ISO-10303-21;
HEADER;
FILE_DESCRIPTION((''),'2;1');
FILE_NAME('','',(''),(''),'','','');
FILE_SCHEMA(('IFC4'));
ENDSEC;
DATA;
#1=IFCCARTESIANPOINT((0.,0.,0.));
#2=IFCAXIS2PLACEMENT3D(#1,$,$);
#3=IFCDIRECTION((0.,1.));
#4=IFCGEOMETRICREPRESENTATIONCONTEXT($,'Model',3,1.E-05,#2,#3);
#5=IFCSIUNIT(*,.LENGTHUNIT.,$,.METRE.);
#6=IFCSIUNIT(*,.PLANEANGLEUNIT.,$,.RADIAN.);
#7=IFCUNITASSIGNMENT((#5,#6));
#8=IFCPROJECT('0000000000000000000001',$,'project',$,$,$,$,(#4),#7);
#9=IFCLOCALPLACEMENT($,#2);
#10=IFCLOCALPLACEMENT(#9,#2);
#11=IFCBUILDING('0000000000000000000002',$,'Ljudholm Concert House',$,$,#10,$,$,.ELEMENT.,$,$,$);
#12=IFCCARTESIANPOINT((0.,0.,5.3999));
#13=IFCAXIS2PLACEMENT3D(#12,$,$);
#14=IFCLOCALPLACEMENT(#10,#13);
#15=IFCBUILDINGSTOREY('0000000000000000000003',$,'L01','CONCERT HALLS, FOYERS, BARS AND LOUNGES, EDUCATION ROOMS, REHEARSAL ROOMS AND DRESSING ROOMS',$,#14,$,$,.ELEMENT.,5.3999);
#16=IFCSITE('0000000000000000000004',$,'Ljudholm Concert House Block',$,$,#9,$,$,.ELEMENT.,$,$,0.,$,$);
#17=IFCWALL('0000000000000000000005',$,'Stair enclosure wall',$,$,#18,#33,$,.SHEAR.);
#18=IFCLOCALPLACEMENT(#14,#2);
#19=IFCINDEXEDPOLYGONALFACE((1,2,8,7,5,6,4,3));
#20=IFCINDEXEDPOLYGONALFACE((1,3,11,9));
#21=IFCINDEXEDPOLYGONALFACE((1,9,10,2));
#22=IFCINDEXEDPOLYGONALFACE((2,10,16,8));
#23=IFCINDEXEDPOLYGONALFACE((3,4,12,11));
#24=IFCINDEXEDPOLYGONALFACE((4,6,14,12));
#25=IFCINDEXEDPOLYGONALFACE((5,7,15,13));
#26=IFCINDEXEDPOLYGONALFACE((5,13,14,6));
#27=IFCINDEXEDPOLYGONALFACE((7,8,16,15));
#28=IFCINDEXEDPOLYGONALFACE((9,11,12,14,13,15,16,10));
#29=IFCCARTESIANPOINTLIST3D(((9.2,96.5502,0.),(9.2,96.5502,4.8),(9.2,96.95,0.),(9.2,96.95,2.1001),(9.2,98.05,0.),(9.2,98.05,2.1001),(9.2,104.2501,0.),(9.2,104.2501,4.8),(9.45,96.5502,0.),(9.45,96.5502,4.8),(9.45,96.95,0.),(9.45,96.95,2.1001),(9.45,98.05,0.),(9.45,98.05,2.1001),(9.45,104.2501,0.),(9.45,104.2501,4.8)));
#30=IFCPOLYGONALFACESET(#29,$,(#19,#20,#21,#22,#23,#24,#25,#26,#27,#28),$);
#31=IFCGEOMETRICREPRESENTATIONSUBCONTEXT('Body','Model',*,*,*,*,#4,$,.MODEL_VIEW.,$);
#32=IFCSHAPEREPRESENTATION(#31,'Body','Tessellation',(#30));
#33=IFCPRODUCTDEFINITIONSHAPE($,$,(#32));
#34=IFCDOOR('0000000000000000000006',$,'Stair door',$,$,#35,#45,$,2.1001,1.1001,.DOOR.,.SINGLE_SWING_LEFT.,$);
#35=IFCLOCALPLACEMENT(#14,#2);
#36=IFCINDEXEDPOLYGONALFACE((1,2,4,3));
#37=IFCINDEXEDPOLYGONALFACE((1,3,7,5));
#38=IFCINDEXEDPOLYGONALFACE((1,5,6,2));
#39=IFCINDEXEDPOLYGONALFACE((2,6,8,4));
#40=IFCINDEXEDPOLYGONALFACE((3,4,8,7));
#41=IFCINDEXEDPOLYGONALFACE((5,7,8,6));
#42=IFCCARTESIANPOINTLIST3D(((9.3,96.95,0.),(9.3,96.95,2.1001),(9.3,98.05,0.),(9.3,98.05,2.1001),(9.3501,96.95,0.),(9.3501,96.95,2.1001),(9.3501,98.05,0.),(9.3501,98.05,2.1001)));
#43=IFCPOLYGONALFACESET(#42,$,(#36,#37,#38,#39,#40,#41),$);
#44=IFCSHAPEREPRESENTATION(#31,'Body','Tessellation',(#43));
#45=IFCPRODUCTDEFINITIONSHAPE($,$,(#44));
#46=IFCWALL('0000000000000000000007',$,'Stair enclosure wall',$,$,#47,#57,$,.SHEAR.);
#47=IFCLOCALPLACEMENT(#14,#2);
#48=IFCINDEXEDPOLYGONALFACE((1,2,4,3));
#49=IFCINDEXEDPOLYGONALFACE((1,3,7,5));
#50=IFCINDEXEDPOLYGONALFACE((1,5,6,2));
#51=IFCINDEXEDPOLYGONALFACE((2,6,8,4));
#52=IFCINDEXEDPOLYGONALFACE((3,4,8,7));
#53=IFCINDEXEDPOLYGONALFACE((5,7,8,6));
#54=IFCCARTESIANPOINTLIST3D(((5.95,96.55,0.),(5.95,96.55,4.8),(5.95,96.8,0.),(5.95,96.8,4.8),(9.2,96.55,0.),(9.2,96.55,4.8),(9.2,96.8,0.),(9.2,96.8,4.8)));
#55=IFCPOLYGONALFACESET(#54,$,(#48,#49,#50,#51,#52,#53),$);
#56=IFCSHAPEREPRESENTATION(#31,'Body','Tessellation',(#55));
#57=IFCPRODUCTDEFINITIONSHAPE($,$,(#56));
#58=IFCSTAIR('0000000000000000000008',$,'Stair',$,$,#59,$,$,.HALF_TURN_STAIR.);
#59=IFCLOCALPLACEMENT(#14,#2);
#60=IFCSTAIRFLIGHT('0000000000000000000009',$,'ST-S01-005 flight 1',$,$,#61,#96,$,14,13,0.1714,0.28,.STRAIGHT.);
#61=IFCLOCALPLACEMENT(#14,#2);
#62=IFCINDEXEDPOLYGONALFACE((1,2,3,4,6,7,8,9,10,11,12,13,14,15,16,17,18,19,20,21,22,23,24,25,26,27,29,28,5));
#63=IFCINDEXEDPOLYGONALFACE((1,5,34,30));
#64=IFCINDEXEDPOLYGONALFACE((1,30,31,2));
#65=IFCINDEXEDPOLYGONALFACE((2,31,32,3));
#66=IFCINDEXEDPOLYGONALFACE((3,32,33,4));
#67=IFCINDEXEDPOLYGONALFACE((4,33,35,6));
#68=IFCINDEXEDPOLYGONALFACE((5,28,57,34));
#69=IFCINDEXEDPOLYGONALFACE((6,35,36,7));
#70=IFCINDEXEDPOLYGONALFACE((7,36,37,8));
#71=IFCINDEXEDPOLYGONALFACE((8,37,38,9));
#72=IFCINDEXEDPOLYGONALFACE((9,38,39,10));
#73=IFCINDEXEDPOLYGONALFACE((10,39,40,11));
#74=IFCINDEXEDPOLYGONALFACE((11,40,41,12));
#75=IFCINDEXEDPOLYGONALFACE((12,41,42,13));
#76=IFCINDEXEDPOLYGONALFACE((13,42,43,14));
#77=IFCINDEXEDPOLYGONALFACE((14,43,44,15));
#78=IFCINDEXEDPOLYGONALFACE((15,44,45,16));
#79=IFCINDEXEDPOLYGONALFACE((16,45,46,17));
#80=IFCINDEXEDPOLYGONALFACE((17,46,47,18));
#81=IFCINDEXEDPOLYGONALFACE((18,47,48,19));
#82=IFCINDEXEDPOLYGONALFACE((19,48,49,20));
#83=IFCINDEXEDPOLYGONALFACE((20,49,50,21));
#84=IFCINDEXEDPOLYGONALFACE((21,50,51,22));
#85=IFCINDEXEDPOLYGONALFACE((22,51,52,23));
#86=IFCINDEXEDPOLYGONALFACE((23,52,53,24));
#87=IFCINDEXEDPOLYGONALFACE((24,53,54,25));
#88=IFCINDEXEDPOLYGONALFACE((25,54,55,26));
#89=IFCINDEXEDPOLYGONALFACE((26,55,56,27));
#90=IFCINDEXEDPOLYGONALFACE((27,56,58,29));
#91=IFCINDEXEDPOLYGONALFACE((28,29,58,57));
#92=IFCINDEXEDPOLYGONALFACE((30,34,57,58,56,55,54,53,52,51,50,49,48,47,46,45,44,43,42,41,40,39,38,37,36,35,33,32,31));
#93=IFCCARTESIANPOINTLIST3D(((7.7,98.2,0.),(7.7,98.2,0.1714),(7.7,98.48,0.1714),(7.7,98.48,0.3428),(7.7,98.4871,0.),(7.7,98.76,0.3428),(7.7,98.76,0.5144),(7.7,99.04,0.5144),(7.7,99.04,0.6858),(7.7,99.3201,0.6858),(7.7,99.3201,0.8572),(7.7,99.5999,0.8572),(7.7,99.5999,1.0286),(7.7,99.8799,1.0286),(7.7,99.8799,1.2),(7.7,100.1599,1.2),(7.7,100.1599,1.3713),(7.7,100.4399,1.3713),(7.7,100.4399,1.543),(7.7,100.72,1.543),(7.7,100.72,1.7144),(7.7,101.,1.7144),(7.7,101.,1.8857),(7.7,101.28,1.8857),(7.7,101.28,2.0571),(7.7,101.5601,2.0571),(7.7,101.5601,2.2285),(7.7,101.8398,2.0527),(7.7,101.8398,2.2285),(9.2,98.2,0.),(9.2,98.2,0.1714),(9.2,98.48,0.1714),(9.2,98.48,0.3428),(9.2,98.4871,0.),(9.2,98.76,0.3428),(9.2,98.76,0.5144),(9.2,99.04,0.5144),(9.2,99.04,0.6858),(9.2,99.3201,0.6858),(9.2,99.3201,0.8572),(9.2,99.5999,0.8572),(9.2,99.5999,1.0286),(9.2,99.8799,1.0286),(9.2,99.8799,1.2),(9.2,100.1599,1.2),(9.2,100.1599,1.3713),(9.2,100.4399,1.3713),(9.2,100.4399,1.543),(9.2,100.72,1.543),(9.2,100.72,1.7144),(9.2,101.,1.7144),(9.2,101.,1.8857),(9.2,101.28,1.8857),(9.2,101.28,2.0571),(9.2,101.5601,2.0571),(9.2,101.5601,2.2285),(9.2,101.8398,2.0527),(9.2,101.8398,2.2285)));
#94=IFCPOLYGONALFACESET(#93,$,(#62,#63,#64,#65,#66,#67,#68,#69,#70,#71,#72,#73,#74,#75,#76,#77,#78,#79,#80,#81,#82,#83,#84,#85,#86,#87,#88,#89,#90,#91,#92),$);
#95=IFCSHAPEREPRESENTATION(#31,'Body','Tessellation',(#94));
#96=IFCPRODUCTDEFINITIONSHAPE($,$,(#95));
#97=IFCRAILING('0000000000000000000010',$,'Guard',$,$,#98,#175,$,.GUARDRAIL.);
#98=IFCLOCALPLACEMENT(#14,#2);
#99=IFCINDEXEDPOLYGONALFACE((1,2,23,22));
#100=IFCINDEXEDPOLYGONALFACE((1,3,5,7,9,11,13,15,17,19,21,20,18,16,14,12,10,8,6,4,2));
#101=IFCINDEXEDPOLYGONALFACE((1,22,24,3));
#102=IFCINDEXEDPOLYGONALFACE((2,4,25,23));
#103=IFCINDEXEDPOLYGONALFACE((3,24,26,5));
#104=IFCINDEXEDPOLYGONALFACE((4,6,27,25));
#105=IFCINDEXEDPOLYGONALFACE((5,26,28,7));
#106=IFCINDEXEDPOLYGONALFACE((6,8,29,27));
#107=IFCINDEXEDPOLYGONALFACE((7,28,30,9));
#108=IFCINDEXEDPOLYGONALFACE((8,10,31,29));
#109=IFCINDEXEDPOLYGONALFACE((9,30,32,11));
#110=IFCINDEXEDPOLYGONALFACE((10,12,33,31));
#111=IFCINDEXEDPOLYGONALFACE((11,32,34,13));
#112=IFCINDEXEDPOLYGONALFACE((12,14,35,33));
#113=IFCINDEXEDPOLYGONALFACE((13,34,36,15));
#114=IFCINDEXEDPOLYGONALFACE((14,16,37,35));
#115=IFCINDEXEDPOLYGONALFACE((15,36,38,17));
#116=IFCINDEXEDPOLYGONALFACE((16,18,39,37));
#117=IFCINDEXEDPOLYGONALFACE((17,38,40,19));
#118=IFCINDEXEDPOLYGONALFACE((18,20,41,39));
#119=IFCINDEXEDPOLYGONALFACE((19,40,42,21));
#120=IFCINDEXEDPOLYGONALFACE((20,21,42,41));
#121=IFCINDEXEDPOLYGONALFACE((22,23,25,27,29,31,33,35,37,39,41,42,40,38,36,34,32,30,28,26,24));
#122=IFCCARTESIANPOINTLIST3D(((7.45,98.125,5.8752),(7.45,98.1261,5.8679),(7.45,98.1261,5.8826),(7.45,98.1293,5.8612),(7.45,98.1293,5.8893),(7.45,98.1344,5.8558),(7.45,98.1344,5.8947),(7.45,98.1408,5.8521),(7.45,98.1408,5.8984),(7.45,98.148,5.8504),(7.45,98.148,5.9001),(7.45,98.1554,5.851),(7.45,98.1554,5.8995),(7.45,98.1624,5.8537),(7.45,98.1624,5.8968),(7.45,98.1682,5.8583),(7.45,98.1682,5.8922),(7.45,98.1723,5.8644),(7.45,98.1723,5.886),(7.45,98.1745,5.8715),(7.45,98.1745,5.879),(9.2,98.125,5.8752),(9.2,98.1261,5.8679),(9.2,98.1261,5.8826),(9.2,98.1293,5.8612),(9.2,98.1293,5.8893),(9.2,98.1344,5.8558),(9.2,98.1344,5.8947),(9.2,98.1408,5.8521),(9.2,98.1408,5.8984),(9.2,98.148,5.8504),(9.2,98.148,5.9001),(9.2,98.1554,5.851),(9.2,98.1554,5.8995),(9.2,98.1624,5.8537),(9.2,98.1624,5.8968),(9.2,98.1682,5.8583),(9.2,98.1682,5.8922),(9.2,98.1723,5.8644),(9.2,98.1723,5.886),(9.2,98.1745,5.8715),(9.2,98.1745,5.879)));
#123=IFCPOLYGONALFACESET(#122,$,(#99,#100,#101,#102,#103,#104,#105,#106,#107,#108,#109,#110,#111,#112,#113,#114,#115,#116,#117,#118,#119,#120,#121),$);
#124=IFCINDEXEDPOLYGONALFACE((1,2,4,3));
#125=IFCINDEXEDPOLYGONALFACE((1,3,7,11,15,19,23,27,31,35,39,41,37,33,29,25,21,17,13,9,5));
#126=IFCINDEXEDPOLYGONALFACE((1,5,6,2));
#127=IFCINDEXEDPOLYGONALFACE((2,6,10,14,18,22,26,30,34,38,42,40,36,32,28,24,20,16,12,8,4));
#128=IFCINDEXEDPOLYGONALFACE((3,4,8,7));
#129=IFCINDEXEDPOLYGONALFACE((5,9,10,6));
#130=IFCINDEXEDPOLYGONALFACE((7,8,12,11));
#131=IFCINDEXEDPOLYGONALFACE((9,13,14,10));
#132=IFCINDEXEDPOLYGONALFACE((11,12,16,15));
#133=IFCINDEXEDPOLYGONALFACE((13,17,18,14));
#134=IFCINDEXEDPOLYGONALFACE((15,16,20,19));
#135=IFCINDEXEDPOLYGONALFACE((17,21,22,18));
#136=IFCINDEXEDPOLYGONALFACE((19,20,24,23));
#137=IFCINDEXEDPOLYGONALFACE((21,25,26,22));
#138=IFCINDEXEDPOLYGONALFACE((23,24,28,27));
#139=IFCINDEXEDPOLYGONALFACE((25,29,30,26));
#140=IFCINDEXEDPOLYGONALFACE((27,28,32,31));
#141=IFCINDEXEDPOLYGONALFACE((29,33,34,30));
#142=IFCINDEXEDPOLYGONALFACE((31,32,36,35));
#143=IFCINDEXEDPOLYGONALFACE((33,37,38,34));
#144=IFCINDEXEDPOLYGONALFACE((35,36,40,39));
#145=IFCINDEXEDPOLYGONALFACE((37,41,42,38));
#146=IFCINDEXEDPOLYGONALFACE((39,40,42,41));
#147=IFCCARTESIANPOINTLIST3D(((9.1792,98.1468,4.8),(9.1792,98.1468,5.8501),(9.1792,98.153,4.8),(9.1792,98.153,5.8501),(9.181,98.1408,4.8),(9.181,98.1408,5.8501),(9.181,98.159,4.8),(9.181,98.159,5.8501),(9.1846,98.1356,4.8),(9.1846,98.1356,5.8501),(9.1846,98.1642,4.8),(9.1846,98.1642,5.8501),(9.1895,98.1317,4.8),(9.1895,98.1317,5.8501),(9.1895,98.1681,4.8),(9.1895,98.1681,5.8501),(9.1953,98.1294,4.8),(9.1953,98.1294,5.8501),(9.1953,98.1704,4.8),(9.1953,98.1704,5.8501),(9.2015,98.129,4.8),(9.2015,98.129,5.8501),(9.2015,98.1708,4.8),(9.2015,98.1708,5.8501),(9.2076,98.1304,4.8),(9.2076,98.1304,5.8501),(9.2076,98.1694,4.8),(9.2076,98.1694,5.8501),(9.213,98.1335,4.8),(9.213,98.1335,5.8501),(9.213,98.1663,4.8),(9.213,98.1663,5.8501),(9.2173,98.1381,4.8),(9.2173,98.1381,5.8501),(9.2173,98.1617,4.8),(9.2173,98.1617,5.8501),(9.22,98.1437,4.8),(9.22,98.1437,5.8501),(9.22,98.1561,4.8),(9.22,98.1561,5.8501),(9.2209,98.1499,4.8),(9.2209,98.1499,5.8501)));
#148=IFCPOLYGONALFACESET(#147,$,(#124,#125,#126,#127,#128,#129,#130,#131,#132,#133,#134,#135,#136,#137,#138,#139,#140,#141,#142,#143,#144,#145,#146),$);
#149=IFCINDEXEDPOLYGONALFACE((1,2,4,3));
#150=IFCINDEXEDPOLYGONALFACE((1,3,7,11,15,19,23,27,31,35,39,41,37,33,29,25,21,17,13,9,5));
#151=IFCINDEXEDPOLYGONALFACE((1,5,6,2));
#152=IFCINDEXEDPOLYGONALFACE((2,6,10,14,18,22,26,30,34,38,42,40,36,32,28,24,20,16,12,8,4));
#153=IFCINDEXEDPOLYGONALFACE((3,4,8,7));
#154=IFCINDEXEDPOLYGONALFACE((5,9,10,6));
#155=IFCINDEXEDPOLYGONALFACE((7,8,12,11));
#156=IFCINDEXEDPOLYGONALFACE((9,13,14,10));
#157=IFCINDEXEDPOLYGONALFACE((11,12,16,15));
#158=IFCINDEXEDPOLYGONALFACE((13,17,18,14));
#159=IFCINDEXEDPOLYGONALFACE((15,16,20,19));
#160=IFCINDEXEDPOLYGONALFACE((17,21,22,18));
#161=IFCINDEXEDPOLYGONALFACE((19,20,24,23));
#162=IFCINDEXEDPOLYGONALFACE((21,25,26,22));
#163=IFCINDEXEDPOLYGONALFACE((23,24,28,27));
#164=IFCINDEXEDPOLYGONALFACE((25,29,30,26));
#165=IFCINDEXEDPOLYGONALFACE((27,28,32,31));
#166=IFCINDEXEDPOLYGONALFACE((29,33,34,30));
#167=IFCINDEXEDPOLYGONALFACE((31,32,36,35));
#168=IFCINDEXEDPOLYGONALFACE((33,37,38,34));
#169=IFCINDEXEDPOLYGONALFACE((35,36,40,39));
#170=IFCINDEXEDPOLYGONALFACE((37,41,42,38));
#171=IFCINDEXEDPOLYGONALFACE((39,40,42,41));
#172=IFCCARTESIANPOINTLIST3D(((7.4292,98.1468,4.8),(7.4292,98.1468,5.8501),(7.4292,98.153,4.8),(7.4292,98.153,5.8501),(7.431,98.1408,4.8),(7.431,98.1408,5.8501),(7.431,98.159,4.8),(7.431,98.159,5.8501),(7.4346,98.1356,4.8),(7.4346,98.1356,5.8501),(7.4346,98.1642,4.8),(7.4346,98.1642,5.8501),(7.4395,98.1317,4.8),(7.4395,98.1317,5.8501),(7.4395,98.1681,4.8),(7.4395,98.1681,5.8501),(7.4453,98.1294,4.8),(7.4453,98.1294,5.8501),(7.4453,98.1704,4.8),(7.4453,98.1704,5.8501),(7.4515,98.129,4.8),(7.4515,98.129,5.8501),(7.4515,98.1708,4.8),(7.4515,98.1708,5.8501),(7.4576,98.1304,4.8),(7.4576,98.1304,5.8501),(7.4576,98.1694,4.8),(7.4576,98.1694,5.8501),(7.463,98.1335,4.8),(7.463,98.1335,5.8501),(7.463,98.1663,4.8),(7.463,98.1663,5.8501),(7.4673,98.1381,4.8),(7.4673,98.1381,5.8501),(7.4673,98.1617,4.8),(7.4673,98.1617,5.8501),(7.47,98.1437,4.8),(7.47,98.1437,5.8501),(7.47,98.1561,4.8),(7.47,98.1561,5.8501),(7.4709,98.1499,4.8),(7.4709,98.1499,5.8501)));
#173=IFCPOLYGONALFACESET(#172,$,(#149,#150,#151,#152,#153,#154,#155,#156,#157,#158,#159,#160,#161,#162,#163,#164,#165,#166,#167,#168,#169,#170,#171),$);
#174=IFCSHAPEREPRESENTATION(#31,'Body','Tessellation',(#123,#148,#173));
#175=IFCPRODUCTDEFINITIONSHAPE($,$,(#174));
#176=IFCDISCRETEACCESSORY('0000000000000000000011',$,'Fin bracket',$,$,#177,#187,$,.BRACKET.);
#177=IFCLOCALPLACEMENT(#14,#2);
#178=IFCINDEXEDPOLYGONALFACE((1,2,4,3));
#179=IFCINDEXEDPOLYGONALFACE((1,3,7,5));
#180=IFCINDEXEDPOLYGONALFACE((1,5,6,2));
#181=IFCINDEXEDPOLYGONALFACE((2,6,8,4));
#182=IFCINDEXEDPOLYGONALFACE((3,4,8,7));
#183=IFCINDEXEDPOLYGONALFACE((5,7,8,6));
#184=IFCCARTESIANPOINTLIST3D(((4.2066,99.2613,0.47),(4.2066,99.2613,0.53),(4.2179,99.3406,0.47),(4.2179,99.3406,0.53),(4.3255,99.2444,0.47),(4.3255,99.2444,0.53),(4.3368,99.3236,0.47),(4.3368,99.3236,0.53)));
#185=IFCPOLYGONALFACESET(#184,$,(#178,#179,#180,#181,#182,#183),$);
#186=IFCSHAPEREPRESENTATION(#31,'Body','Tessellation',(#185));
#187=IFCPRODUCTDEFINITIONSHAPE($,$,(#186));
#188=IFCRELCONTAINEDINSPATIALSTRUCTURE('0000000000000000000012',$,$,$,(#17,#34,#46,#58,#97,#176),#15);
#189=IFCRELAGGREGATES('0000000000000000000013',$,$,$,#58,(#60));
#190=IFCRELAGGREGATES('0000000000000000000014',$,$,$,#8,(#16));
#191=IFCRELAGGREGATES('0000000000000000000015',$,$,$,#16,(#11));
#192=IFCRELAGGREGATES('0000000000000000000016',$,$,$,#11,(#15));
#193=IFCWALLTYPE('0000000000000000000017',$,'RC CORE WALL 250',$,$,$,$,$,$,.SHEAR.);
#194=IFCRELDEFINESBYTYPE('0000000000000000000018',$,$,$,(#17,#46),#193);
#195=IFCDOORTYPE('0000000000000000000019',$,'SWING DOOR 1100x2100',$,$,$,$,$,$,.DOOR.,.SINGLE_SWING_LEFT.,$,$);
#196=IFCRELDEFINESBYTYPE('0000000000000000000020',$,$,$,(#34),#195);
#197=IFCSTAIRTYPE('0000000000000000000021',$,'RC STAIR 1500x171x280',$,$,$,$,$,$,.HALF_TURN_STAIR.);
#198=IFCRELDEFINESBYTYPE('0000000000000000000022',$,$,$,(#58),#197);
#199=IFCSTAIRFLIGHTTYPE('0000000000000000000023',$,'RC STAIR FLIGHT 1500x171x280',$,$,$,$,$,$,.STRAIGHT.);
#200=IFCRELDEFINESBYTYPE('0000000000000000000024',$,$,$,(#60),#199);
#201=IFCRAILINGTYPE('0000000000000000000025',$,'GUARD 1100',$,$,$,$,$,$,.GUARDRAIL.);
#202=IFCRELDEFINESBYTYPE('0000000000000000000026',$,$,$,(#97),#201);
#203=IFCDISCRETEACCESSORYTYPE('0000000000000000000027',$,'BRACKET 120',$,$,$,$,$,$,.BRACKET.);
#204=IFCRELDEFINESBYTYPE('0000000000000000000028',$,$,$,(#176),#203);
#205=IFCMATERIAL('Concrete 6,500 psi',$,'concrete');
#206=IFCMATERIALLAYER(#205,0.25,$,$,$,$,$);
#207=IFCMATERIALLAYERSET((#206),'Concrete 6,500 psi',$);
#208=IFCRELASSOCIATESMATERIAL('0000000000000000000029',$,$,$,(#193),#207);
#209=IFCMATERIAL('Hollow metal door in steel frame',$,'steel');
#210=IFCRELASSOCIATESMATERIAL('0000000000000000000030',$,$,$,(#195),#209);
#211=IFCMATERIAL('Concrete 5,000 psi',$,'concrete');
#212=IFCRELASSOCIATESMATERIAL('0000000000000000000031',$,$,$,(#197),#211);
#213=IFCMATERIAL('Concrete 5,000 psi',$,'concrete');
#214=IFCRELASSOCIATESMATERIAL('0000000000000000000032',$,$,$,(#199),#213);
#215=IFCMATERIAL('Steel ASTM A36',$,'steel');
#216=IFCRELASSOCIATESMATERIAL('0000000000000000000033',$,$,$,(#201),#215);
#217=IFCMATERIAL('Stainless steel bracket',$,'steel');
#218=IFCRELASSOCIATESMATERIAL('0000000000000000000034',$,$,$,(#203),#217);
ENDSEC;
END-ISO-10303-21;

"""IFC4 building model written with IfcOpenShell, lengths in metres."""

from ifc_helpers import new_model, si_unit, direction, frame, frame_2d, origin, origin_2d, place, context, subcontext, project, spatial, polyline, rectangle, circle, outline, extrude, material, layer, layer_set, type_object, element, fill, aggregate, save


model = new_model("IFC4")

# Units and contexts
model_context = context("Model", 3, precision=1e-05, world=origin(), true_north=direction((0.0, 1.0)))
body_context = subcontext(model_context, "Body", "Model", "MODEL_VIEW")
ifc_project = project(units=[si_unit("LENGTHUNIT", "METRE"), si_unit("PLANEANGLEUNIT", "RADIAN")], contexts=[model_context])

# Site, building, storey
site_placement = place(None, origin())
site = spatial("IfcSite", under=ifc_project, at=site_placement, Name="Ljudholm Concert House Block", CompositionType="ELEMENT", RefElevation=0.0)
building_placement = place(site_placement, origin())
building = spatial("IfcBuilding", under=site, at=building_placement, Name="Ljudholm Concert House", CompositionType="ELEMENT")
storey_placement = place(building_placement, frame((0.0, 0.0, 5.3999)))
storey = spatial("IfcBuildingStorey", under=building, at=storey_placement, Name="L01", Description="CONCERT HALLS, FOYERS, BARS AND LOUNGES, EDUCATION ROOMS, REHEARSAL ROOMS AND DRESSING ROOMS", CompositionType="ELEMENT", Elevation=5.3999)

# Shared definitions
ifc_material_1 = material(Name="Concrete 6,500 psi", Category="concrete")
ifc_layer_1 = layer(ifc_material_1, 0.25)
ifc_layer_set_1 = layer_set([ifc_layer_1], Name="Concrete 6,500 psi")
wall_type_1 = type_object("IfcWallType", Name="RC CORE WALL 250", PredefinedType="SHEAR", material=ifc_layer_set_1)

# Wall, opening, door
wall_1_placement = place(storey_placement, frame((9.325, 96.55, 0.0), z_axis=(0.0, 0.0, 1.0), x_axis=(0.0, 1.0, 0.0)))
wall_1 = element("IfcWall", 1, at=wall_1_placement, inside=storey, type_object=wall_type_1, Name="Stair enclosure wall", PredefinedType="SHEAR", context=body_context, shape_type="SweptSolid", body=[
    extrude(rectangle(XDim=7.7, YDim=0.25, at=frame_2d((3.8501, 0.0))), origin(), (0.0, 0.0, 1.0), 4.8),
])
opening_placement = place(wall_1_placement, frame((0.3999, 0.0, 0.0)))
opening = element("IfcOpeningElement", 2, at=opening_placement, cuts=wall_1, PredefinedType="OPENING", context=body_context, shape_type="SweptSolid", body=[
    extrude(rectangle(XDim=1.1001, YDim=2.1001, at=frame_2d((0.55, 1.05))), frame((0.0, 0.135, 0.0), z_axis=(0.0, -1.0, 0.0), x_axis=(1.0, 0.0, 0.0)), (0.0, 0.0, 1.0), 0.27),
])
ifc_material_2 = material(Name="Hollow metal door in steel frame", Category="steel")
door_type = type_object("IfcDoorType", Name="SWING DOOR 1100x2100", OperationType="SINGLE_SWING_LEFT", PredefinedType="DOOR", material=ifc_material_2)
door_placement = place(opening_placement, origin())
door = element("IfcDoor", 3, at=door_placement, inside=storey, type_object=door_type, Name="Stair door", OperationType="SINGLE_SWING_LEFT", OverallHeight=2.1001, OverallWidth=1.1001, PredefinedType="DOOR", context=body_context, shape_type="SweptSolid", body=[
    extrude(rectangle(XDim=1.1001, YDim=2.1001, at=frame_2d((0.55, 1.05))), frame((0.0, 0.0249, 0.0), z_axis=(0.0, -1.0, 0.0), x_axis=(1.0, 0.0, 0.0)), (0.0, 0.0, 1.0), 0.05),
])
fill(opening, door)

# Wall
wall_2_placement = place(storey_placement, frame((5.95, 96.675, 0.0), z_axis=(0.0, 0.0, 1.0), x_axis=(1.0, 0.0, 0.0)))
element("IfcWall", 4, at=wall_2_placement, inside=storey, type_object=wall_type_1, Name="Stair enclosure wall", PredefinedType="SHEAR", context=body_context, shape_type="SweptSolid", body=[
    extrude(rectangle(XDim=3.25, YDim=0.25, at=frame_2d((1.625, 0.0))), origin(), (0.0, 0.0, 1.0), 4.8),
])

# Stair, stair flight
ifc_material_3 = material(Name="Concrete 5,000 psi", Category="concrete")
stair_type = type_object("IfcStairType", Name="RC STAIR 1500x171x280", PredefinedType="HALF_TURN_STAIR", material=ifc_material_3)
stair_placement = place(storey_placement, origin())
stair = element("IfcStair", 5, at=stair_placement, inside=storey, type_object=stair_type, Name="Stair", PredefinedType="HALF_TURN_STAIR")
ifc_material_4 = material(Name="Concrete 5,000 psi", Category="concrete")
stair_flight_type = type_object("IfcStairFlightType", Name="RC STAIR FLIGHT 1500x171x280", PredefinedType="STRAIGHT", material=ifc_material_4)
stair_flight_placement = place(storey_placement, frame((8.45, 98.2, 0.0), z_axis=(0.0, 0.0, 1.0), x_axis=(0.0, 1.0, 0.0)))
stair_flight = element("IfcStairFlight", 6, at=stair_flight_placement, type_object=stair_flight_type, Name="ST-S01-005 flight 1", NumberOfRisers=14, NumberOfTreads=13, PredefinedType="STRAIGHT", RiserHeight=0.1714, TreadLength=0.28, context=body_context, shape_type="SweptSolid", body=[
    extrude(outline(polyline([(0.0, 0.0), (0.0, 0.1714), (0.28, 0.1714), (0.28, 0.3428), (0.5601, 0.3428), (0.5601, 0.5144), (0.8401, 0.5144), (0.8401, 0.6858), (1.1201, 0.6858), (1.1201, 0.8572), (1.3999, 0.8572), (1.3999, 1.0286), (1.6799, 1.0286), (1.6799, 1.2), (1.96, 1.2), (1.96, 1.3713), (2.24, 1.3713), (2.24, 1.543), (2.52, 1.543), (2.52, 1.7144), (2.8, 1.7144), (2.8, 1.8857), (3.0801, 1.8857), (3.0801, 2.0571), (3.3601, 2.0571), (3.3601, 2.2285), (3.6399, 2.2285), (3.6399, 2.3999), (3.6399, 2.0527), (0.2871, 0.0), (0.0, 0.0)])), frame((0.0, 0.75, 0.0), z_axis=(0.0, -1.0, 0.0), x_axis=(1.0, 0.0, 0.0)), (0.0, 0.0, 1.0), 1.5),
])
aggregate(stair, [stair_flight])

# Railing
ifc_material_5 = material(Name="Steel ASTM A36", Category="steel")
railing_type_1 = type_object("IfcRailingType", Name="GUARD 1100", PredefinedType="GUARDRAIL", material=ifc_material_5)
railing_1_placement = place(storey_placement, frame((9.2, 98.1499, 4.8)))
element("IfcRailing", 7, at=railing_1_placement, inside=storey, type_object=railing_type_1, Name="Guard", PredefinedType="GUARDRAIL", context=body_context, shape_type="SweptSolid", body=[
    extrude(circle(Radius=0.0249, at=origin_2d()), frame((0.0, 0.0, 1.0752), z_axis=(-1.0, 0.0, 0.0), x_axis=(0.0, -1.0, 0.0)), (0.0, 0.0, 1.0), 1.75),
    extrude(circle(Radius=0.021, at=origin_2d()), origin(), (0.0, 0.0, 1.0), 1.05),
    extrude(circle(Radius=0.021, at=origin_2d()), frame((-1.75, 0.0, 0.0)), (0.0, 0.0, 1.0), 1.05),
])

# Discrete accessory
ifc_material_6 = material(Name="Stainless steel bracket", Category="steel")
discrete_accessory_type = type_object("IfcDiscreteAccessoryType", Name="BRACKET 120", PredefinedType="BRACKET", material=ifc_material_6)
discrete_accessory_placement = place(storey_placement, frame((4.2717, 99.2925, 0.47), z_axis=(0.0, 0.0, 1.0), x_axis=(-0.989949, 0.141421, 0.0)))
element("IfcDiscreteAccessory", 8, at=discrete_accessory_placement, inside=storey, type_object=discrete_accessory_type, Name="Fin bracket", PredefinedType="BRACKET", context=body_context, shape_type="SweptSolid", body=[
    extrude(rectangle(XDim=0.1201, YDim=0.0801, at=origin_2d()), origin(), (0.0, 0.0, 1.0), 0.0601),
])

save(model, "model.ifc")
